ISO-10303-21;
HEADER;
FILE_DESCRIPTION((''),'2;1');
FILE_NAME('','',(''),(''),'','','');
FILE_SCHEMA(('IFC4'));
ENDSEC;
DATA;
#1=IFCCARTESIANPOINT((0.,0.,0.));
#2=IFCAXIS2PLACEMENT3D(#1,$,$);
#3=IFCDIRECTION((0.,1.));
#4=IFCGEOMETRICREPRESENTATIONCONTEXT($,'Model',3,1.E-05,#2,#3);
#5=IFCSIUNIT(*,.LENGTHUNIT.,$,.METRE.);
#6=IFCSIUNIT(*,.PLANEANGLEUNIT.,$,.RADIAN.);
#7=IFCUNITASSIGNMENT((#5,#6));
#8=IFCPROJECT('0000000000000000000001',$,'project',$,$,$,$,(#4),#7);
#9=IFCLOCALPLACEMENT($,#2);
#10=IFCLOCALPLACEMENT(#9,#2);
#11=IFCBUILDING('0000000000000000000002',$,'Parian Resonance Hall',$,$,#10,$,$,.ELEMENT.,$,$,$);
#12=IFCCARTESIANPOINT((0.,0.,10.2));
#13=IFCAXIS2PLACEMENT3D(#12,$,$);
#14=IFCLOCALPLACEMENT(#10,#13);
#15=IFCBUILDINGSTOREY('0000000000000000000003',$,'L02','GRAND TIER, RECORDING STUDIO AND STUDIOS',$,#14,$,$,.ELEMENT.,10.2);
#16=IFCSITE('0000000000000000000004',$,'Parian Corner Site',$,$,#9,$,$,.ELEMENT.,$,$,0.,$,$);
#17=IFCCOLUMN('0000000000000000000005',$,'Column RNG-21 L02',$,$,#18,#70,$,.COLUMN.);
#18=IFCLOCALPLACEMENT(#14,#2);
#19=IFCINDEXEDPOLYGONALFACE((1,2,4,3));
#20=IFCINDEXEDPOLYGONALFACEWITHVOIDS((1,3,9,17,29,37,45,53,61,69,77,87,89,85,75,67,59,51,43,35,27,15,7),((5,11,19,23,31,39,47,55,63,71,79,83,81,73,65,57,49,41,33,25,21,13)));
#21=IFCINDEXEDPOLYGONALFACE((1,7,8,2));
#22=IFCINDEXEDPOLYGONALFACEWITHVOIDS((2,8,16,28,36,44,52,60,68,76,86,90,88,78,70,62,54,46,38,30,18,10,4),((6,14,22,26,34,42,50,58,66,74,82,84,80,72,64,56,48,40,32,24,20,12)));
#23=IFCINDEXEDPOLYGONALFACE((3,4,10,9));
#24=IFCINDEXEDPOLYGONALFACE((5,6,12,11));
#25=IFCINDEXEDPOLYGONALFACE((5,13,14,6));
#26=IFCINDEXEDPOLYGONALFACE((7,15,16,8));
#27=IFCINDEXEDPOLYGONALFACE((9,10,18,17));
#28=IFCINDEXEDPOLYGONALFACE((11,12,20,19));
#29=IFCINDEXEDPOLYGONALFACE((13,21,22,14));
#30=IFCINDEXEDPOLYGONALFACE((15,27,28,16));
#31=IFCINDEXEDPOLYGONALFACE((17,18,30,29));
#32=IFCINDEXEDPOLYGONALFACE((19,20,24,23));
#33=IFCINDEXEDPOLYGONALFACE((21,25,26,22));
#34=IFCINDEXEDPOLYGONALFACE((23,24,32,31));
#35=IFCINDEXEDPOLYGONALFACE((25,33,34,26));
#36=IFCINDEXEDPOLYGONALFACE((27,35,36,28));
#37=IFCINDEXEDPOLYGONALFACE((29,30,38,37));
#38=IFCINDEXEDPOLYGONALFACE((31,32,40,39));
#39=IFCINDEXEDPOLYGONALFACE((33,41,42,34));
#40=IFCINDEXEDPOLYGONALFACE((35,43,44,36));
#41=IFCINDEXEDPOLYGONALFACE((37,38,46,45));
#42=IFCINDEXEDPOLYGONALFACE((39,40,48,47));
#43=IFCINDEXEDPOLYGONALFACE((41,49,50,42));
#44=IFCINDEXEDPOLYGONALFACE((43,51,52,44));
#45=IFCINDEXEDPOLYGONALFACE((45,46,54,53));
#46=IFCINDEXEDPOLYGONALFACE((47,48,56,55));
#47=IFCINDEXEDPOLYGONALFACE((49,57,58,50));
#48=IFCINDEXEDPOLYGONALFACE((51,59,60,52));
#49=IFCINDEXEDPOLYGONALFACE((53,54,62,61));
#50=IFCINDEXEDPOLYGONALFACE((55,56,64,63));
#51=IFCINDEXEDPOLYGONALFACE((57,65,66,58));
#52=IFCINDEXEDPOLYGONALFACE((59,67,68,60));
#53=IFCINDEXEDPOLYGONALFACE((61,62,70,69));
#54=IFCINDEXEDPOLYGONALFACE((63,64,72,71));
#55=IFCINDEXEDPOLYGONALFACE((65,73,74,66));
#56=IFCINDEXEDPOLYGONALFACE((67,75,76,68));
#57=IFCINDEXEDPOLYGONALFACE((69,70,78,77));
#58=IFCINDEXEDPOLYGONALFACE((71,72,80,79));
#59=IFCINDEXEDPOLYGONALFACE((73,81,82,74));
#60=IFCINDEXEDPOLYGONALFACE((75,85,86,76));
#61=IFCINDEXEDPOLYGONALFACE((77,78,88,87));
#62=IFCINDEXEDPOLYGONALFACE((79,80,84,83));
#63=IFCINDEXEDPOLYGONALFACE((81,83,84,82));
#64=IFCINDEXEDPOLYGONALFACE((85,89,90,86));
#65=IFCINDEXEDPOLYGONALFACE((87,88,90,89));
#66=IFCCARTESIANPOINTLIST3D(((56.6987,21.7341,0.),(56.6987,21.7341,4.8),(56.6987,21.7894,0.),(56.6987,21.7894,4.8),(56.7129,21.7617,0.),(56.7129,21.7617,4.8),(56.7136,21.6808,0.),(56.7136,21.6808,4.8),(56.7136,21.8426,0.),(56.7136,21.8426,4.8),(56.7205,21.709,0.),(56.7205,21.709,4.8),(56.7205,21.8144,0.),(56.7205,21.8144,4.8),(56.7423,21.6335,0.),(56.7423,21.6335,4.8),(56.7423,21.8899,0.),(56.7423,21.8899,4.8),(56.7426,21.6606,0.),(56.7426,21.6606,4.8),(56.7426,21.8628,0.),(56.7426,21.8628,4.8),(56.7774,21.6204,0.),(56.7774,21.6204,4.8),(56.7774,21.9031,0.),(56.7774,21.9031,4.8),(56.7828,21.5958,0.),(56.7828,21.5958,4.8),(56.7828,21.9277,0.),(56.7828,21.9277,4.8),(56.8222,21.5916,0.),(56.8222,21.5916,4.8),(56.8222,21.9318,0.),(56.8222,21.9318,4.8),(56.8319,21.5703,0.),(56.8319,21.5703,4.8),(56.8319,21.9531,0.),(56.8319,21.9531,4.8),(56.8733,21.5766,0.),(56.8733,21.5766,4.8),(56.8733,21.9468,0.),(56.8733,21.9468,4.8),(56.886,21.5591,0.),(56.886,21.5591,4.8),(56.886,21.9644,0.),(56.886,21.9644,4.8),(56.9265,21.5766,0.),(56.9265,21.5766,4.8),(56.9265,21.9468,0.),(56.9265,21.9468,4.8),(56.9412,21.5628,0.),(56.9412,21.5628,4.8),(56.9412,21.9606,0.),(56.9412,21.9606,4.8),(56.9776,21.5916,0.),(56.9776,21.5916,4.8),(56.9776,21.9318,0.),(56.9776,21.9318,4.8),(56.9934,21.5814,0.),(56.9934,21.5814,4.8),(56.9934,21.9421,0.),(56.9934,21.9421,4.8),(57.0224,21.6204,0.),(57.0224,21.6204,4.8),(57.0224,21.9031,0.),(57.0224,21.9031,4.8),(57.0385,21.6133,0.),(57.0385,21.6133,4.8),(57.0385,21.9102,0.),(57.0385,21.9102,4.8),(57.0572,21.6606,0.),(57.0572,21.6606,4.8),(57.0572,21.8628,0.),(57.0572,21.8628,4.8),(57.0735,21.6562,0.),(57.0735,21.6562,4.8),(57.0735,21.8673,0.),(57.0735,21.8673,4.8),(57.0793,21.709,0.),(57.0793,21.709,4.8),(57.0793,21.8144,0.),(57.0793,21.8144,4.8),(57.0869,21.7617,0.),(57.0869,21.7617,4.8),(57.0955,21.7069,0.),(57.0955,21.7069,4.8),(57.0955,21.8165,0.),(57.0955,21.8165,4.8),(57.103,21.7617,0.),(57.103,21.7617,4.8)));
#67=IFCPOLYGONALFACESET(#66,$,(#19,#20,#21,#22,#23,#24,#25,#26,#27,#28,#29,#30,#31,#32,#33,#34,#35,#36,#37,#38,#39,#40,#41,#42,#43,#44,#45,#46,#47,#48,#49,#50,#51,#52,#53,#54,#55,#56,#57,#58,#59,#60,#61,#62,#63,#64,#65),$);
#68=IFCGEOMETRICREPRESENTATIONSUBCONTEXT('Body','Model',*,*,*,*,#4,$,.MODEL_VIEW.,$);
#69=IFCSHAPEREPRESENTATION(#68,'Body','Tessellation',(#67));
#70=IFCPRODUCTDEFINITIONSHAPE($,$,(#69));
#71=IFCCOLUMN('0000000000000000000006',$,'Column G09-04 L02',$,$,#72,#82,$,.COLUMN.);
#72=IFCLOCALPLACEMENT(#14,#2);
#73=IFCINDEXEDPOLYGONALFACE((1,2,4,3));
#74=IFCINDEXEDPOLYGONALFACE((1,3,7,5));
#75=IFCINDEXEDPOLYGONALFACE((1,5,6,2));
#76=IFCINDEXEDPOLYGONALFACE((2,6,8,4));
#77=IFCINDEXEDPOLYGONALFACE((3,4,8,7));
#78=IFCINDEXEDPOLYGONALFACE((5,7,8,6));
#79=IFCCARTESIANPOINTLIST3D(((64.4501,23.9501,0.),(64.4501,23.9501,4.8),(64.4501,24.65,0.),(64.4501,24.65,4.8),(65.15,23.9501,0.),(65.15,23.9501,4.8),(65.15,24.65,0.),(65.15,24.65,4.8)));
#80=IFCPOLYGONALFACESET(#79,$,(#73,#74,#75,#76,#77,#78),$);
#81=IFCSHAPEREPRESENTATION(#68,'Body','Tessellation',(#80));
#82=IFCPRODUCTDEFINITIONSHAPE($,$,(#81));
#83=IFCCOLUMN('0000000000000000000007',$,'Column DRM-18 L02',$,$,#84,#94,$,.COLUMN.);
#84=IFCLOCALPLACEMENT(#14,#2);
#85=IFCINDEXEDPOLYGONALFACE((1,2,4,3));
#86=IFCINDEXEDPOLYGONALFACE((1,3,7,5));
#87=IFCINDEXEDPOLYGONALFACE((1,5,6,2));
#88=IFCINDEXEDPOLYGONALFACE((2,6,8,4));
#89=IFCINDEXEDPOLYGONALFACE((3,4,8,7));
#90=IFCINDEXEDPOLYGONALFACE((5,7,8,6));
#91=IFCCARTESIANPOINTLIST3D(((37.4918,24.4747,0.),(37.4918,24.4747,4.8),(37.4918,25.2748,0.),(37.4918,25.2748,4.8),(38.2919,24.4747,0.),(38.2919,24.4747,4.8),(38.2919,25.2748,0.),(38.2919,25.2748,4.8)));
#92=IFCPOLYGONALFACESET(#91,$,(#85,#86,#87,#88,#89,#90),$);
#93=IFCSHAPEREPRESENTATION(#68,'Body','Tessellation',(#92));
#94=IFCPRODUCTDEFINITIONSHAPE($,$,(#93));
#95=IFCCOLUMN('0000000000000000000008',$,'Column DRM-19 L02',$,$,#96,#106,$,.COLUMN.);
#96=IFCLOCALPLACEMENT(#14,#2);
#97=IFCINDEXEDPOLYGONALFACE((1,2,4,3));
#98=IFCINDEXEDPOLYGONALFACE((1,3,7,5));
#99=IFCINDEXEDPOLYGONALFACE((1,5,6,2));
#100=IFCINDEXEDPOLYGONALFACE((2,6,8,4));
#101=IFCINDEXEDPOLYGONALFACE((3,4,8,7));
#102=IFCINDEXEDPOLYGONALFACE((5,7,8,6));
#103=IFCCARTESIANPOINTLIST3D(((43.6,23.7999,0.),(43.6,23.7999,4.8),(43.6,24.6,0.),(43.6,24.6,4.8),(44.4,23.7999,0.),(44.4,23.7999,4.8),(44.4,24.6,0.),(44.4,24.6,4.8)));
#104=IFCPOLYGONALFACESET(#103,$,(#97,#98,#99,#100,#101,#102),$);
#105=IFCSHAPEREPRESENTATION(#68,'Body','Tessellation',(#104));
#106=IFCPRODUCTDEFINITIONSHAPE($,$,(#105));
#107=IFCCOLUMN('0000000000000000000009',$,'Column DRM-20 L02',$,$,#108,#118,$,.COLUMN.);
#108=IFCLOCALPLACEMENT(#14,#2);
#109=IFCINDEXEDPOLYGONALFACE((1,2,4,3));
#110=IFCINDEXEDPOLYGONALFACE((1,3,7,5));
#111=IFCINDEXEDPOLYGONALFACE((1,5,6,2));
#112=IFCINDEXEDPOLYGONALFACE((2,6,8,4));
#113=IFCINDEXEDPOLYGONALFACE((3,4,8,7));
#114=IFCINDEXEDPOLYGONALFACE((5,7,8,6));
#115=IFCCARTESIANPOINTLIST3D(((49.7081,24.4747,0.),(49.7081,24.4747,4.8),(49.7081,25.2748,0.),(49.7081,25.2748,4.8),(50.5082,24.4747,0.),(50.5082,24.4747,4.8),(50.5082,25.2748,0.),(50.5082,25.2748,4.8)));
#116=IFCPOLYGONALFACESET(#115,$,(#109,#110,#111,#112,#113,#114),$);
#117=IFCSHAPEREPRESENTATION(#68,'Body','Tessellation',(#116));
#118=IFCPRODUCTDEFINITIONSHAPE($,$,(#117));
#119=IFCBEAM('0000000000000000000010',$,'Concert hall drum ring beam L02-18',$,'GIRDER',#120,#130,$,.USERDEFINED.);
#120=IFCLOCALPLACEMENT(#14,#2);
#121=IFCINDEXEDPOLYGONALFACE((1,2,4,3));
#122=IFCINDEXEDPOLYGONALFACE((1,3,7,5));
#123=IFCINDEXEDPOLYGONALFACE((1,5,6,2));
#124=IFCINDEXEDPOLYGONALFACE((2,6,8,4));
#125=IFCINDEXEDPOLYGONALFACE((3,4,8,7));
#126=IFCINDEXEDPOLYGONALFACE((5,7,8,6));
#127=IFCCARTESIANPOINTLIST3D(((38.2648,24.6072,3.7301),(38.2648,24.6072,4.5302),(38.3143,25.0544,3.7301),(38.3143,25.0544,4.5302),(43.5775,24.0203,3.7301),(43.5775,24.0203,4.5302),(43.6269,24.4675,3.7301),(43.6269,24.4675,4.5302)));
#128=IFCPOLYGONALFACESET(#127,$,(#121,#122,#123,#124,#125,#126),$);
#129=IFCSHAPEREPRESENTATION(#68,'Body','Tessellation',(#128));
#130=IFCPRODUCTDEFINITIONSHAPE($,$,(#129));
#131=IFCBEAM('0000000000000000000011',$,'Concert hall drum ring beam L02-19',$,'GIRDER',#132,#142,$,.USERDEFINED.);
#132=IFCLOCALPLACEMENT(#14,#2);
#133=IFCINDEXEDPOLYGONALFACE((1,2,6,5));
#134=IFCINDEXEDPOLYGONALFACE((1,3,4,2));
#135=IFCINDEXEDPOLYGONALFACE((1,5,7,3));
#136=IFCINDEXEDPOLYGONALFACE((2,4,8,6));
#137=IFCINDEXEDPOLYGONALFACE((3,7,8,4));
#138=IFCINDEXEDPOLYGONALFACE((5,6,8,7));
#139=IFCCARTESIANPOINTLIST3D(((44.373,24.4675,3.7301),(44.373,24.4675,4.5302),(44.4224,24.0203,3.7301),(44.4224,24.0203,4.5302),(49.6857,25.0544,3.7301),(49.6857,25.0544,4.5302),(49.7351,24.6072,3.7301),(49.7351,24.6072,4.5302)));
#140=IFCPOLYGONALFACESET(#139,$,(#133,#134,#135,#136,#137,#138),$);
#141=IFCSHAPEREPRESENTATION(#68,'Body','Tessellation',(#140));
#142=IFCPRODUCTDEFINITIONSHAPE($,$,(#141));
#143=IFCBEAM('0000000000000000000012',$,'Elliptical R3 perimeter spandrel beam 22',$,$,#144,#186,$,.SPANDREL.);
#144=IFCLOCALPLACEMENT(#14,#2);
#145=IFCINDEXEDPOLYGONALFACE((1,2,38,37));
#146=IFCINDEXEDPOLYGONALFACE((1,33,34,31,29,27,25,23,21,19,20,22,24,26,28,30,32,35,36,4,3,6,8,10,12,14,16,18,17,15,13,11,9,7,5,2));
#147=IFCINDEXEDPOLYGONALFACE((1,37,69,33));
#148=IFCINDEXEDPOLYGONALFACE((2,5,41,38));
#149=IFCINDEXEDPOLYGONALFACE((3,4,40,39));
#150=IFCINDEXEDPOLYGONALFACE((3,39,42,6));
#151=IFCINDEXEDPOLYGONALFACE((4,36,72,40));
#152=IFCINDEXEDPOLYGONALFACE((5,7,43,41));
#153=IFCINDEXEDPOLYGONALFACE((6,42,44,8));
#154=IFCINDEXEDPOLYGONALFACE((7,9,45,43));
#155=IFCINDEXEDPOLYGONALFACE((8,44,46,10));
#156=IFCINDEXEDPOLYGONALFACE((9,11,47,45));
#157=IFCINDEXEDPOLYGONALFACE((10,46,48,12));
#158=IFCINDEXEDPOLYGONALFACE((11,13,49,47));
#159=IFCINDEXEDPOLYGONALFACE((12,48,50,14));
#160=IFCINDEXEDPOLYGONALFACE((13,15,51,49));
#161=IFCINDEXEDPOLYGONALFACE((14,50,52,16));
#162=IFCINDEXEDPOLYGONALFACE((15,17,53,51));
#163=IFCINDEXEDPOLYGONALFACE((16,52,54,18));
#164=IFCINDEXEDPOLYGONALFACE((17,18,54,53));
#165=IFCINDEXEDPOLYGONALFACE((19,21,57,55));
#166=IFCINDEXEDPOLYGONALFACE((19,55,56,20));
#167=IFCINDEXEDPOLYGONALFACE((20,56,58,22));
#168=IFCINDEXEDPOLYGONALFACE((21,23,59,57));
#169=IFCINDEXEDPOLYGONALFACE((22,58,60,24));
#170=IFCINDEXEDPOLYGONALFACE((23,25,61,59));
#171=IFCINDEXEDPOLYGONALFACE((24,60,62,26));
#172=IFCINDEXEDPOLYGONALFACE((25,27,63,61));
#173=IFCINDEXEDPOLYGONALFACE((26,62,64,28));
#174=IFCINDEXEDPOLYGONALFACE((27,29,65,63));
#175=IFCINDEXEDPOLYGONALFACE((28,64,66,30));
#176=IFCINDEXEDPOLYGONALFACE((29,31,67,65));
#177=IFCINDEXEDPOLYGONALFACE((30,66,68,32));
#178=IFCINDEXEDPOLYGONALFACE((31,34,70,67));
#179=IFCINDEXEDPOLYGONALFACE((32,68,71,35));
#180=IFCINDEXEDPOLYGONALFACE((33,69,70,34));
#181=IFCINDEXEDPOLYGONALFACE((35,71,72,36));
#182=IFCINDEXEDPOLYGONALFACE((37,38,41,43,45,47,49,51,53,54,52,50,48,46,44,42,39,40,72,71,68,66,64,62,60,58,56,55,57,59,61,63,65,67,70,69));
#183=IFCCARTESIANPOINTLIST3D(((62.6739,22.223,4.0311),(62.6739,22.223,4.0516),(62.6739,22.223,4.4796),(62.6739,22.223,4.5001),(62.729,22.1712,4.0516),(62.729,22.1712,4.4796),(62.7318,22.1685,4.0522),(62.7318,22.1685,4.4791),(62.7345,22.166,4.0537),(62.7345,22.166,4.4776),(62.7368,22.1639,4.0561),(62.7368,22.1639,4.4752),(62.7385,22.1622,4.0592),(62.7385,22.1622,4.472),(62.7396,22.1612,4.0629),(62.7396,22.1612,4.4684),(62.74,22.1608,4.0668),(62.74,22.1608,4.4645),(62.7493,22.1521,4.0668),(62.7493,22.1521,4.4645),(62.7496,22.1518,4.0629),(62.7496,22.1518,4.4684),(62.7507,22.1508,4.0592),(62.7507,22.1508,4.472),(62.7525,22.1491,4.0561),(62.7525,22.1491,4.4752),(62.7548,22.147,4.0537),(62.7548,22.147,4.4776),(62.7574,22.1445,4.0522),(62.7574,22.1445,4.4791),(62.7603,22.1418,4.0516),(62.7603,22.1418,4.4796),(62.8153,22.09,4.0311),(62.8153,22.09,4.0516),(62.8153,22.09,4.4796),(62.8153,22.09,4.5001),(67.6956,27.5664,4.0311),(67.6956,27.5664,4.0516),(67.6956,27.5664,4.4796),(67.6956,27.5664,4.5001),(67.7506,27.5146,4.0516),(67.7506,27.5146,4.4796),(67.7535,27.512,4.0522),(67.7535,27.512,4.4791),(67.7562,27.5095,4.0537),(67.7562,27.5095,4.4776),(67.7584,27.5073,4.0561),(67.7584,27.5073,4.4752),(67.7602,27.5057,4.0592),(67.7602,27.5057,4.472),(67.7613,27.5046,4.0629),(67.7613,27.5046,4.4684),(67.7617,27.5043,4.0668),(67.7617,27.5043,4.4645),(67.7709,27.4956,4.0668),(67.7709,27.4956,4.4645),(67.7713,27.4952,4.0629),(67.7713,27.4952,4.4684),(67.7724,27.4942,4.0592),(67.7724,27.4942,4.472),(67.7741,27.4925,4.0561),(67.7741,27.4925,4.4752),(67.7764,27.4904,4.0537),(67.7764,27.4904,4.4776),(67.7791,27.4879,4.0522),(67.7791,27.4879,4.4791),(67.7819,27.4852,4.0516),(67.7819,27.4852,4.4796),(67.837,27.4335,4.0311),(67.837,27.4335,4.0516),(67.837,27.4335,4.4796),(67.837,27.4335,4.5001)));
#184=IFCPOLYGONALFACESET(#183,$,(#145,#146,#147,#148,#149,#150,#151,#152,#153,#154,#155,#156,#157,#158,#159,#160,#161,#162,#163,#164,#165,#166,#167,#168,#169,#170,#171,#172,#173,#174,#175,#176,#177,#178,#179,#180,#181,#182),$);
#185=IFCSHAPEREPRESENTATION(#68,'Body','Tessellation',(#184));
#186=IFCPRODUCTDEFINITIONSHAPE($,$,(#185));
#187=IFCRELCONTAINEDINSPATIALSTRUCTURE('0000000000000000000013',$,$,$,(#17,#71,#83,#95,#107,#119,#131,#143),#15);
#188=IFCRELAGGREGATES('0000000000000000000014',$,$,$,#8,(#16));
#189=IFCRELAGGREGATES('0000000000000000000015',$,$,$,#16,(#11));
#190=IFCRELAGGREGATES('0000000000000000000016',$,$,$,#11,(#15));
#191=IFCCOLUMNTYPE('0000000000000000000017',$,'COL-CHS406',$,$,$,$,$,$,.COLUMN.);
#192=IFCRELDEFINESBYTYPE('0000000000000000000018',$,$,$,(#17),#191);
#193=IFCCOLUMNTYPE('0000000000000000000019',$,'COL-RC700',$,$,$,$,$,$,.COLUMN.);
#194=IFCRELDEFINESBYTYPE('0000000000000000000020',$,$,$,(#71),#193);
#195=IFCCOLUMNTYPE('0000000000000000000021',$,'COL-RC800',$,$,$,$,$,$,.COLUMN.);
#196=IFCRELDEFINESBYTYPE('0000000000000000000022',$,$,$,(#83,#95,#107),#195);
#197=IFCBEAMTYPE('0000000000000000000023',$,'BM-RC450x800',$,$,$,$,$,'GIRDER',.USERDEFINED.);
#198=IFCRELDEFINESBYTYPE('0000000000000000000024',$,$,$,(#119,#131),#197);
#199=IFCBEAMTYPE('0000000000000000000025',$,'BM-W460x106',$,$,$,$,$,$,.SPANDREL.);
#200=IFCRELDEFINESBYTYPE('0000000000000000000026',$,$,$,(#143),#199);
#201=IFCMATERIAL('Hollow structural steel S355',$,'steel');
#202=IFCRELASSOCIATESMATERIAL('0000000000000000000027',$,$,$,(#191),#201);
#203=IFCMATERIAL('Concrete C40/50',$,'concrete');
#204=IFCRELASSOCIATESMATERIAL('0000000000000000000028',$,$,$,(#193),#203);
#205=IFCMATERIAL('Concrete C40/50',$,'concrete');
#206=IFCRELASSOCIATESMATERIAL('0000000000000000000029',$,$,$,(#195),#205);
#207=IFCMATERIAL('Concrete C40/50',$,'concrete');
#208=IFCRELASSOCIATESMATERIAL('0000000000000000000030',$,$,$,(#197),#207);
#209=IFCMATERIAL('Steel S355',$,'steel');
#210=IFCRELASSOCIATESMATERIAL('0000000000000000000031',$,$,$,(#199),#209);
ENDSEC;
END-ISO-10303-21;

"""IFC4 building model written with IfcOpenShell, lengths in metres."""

from ifc_helpers import new_model, si_unit, direction, frame, origin, origin_2d, place, context, subcontext, project, spatial, rectangle, hollow_circle, i_section, extrude, material, material_profile, profile_set, type_object, element, save


model = new_model("IFC4")

# Units and contexts
model_context = context("Model", 3, precision=1e-05, world=origin(), true_north=direction((0.0, 1.0)))
body_context = subcontext(model_context, "Body", "Model", "MODEL_VIEW")
ifc_project = project(units=[si_unit("LENGTHUNIT", "METRE"), si_unit("PLANEANGLEUNIT", "RADIAN")], contexts=[model_context])

# Site, building, storey
site_placement = place(None, origin())
site = spatial("IfcSite", under=ifc_project, at=site_placement, Name="Parian Corner Site", CompositionType="ELEMENT", RefElevation=0.0)
building_placement = place(site_placement, origin())
building = spatial("IfcBuilding", under=site, at=building_placement, Name="Parian Resonance Hall", CompositionType="ELEMENT")
storey_placement = place(building_placement, frame((0.0, 0.0, 10.2)))
storey = spatial("IfcBuildingStorey", under=building, at=storey_placement, Name="L02", Description="GRAND TIER, RECORDING STUDIO AND STUDIOS", CompositionType="ELEMENT", Elevation=10.2)

# Columns
ifc_material_1 = material(Name="Hollow structural steel S355", Category="steel")
ifc_material_profile_1 = material_profile(ifc_material_1, hollow_circle(Radius=0.2031, WallThickness=0.0161, at=origin_2d()), Name="CHS406.4x16")
ifc_profile_set_1 = profile_set([ifc_material_profile_1], Name="Hollow structural steel S355")
column_type_1 = type_object("IfcColumnType", Name="COL-CHS406", PredefinedType="COLUMN", material=ifc_profile_set_1)
column_1_placement = place(storey_placement, frame((56.8999, 21.7617, 0.0), z_axis=(0.0, 0.0, 1.0), x_axis=(1.0, 0.0, 0.0)))
element("IfcColumn", 1, at=column_1_placement, inside=storey, type_object=column_type_1, Name="Column RNG-21 L02", PredefinedType="COLUMN", context=body_context, shape_type="SweptSolid", body=[
    extrude(hollow_circle(Radius=0.2031, WallThickness=0.0161, at=origin_2d()), origin(), (0.0, 0.0, 1.0), 4.8),
])
ifc_material_2 = material(Name="Concrete C40/50", Category="concrete")
ifc_material_profile_2 = material_profile(ifc_material_2, rectangle(XDim=0.7, YDim=0.7, at=origin_2d()), Name="RC-COL-700x700")
ifc_profile_set_2 = profile_set([ifc_material_profile_2], Name="Concrete C40/50")
column_type_2 = type_object("IfcColumnType", Name="COL-RC700", PredefinedType="COLUMN", material=ifc_profile_set_2)
column_2_placement = place(storey_placement, frame((64.8, 24.3, 0.0), z_axis=(0.0, 0.0, 1.0), x_axis=(1.0, 0.0, 0.0)))
element("IfcColumn", 2, at=column_2_placement, inside=storey, type_object=column_type_2, Name="Column G09-04 L02", PredefinedType="COLUMN", context=body_context, shape_type="SweptSolid", body=[
    extrude(rectangle(XDim=0.7, YDim=0.7, at=origin_2d()), origin(), (0.0, 0.0, 1.0), 4.8),
])
ifc_material_3 = material(Name="Concrete C40/50", Category="concrete")
ifc_material_profile_3 = material_profile(ifc_material_3, rectangle(XDim=0.8, YDim=0.8, at=origin_2d()), Name="RC-COL-800x800")
ifc_profile_set_3 = profile_set([ifc_material_profile_3], Name="Concrete C40/50")
column_type_3 = type_object("IfcColumnType", Name="COL-RC800", PredefinedType="COLUMN", material=ifc_profile_set_3)
for number, where, z_axis, x_axis, name in (
    (3, (37.8918, 24.8748, 0.0), (0.0, 0.0, 1.0), (1.0, 0.0, 0.0), "Column DRM-18 L02"),
    (4, (44.0, 24.2, 0.0), (0.0, 0.0, 1.0), (1.0, 0.0, 0.0), "Column DRM-19 L02"),
    (5, (50.1082, 24.8748, 0.0), (0.0, 0.0, 1.0), (1.0, 0.0, 0.0), "Column DRM-20 L02"),
):
    element("IfcColumn", number, at=place(storey_placement, frame(where, z_axis=z_axis, x_axis=x_axis)), inside=storey, type_object=column_type_3, Name=name, PredefinedType="COLUMN", context=body_context, shape_type="SweptSolid", body=[
        extrude(rectangle(XDim=0.8, YDim=0.8, at=origin_2d()), origin(), (0.0, 0.0, 1.0), 4.8),
    ])

# Beams
ifc_material_4 = material(Name="Concrete C40/50", Category="concrete")
ifc_material_profile_4 = material_profile(ifc_material_4, rectangle(XDim=0.45, YDim=0.8, at=origin_2d()), Name="RC-BM-450x800")
ifc_profile_set_4 = profile_set([ifc_material_profile_4], Name="Concrete C40/50")
beam_type_1 = type_object("IfcBeamType", Name="BM-RC450x800", ElementType="GIRDER", PredefinedType="USERDEFINED", material=ifc_profile_set_4)
for number, where, z_axis, x_axis, name in (
    (6, (38.2896, 24.8308, 4.1301), (0.993953, -0.109805, 0.0), (0.109805, 0.993953, 0.0), "Concert hall drum ring beam L02-18"),
    (7, (44.3977, 24.2439, 4.1301), (0.993953, 0.109805, 0.0), (-0.109805, 0.993953, 0.0), "Concert hall drum ring beam L02-19"),
):
    element("IfcBeam", number, at=place(storey_placement, frame(where, z_axis=z_axis, x_axis=x_axis)), inside=storey, type_object=beam_type_1, Name=name, ObjectType="GIRDER", PredefinedType="USERDEFINED", context=body_context, shape_type="SweptSolid", body=[
        extrude(rectangle(XDim=0.45, YDim=0.8, at=origin_2d()), origin(), (0.0, 0.0, 1.0), 5.345),
    ])
ifc_material_5 = material(Name="Steel S355", Category="steel")
ifc_material_profile_5 = material_profile(ifc_material_5, i_section(OverallWidth=0.1941, OverallDepth=0.469, WebThickness=0.0127, FlangeThickness=0.0205, FilletRadius=0.0151, at=origin_2d()), Name="W460x106")
ifc_profile_set_5 = profile_set([ifc_material_profile_5], Name="Steel S355")
beam_type_2 = type_object("IfcBeamType", Name="BM-W460x106", PredefinedType="SPANDREL", material=ifc_profile_set_5)
beam_1_placement = place(storey_placement, frame((62.7446, 22.1565, 4.2656), z_axis=(0.684826, 0.728707, 0.0), x_axis=(-0.728707, 0.684826, 0.0)))
element("IfcBeam", 8, at=beam_1_placement, inside=storey, type_object=beam_type_2, Name="Elliptical R3 perimeter spandrel beam 22", PredefinedType="SPANDREL", context=body_context, shape_type="SweptSolid", body=[
    extrude(i_section(OverallWidth=0.1941, OverallDepth=0.469, WebThickness=0.0127, FlangeThickness=0.0205, FilletRadius=0.0151, at=origin_2d()), origin(), (0.0, 0.0, 1.0), 7.3328),
])

save(model, "model.ifc")
